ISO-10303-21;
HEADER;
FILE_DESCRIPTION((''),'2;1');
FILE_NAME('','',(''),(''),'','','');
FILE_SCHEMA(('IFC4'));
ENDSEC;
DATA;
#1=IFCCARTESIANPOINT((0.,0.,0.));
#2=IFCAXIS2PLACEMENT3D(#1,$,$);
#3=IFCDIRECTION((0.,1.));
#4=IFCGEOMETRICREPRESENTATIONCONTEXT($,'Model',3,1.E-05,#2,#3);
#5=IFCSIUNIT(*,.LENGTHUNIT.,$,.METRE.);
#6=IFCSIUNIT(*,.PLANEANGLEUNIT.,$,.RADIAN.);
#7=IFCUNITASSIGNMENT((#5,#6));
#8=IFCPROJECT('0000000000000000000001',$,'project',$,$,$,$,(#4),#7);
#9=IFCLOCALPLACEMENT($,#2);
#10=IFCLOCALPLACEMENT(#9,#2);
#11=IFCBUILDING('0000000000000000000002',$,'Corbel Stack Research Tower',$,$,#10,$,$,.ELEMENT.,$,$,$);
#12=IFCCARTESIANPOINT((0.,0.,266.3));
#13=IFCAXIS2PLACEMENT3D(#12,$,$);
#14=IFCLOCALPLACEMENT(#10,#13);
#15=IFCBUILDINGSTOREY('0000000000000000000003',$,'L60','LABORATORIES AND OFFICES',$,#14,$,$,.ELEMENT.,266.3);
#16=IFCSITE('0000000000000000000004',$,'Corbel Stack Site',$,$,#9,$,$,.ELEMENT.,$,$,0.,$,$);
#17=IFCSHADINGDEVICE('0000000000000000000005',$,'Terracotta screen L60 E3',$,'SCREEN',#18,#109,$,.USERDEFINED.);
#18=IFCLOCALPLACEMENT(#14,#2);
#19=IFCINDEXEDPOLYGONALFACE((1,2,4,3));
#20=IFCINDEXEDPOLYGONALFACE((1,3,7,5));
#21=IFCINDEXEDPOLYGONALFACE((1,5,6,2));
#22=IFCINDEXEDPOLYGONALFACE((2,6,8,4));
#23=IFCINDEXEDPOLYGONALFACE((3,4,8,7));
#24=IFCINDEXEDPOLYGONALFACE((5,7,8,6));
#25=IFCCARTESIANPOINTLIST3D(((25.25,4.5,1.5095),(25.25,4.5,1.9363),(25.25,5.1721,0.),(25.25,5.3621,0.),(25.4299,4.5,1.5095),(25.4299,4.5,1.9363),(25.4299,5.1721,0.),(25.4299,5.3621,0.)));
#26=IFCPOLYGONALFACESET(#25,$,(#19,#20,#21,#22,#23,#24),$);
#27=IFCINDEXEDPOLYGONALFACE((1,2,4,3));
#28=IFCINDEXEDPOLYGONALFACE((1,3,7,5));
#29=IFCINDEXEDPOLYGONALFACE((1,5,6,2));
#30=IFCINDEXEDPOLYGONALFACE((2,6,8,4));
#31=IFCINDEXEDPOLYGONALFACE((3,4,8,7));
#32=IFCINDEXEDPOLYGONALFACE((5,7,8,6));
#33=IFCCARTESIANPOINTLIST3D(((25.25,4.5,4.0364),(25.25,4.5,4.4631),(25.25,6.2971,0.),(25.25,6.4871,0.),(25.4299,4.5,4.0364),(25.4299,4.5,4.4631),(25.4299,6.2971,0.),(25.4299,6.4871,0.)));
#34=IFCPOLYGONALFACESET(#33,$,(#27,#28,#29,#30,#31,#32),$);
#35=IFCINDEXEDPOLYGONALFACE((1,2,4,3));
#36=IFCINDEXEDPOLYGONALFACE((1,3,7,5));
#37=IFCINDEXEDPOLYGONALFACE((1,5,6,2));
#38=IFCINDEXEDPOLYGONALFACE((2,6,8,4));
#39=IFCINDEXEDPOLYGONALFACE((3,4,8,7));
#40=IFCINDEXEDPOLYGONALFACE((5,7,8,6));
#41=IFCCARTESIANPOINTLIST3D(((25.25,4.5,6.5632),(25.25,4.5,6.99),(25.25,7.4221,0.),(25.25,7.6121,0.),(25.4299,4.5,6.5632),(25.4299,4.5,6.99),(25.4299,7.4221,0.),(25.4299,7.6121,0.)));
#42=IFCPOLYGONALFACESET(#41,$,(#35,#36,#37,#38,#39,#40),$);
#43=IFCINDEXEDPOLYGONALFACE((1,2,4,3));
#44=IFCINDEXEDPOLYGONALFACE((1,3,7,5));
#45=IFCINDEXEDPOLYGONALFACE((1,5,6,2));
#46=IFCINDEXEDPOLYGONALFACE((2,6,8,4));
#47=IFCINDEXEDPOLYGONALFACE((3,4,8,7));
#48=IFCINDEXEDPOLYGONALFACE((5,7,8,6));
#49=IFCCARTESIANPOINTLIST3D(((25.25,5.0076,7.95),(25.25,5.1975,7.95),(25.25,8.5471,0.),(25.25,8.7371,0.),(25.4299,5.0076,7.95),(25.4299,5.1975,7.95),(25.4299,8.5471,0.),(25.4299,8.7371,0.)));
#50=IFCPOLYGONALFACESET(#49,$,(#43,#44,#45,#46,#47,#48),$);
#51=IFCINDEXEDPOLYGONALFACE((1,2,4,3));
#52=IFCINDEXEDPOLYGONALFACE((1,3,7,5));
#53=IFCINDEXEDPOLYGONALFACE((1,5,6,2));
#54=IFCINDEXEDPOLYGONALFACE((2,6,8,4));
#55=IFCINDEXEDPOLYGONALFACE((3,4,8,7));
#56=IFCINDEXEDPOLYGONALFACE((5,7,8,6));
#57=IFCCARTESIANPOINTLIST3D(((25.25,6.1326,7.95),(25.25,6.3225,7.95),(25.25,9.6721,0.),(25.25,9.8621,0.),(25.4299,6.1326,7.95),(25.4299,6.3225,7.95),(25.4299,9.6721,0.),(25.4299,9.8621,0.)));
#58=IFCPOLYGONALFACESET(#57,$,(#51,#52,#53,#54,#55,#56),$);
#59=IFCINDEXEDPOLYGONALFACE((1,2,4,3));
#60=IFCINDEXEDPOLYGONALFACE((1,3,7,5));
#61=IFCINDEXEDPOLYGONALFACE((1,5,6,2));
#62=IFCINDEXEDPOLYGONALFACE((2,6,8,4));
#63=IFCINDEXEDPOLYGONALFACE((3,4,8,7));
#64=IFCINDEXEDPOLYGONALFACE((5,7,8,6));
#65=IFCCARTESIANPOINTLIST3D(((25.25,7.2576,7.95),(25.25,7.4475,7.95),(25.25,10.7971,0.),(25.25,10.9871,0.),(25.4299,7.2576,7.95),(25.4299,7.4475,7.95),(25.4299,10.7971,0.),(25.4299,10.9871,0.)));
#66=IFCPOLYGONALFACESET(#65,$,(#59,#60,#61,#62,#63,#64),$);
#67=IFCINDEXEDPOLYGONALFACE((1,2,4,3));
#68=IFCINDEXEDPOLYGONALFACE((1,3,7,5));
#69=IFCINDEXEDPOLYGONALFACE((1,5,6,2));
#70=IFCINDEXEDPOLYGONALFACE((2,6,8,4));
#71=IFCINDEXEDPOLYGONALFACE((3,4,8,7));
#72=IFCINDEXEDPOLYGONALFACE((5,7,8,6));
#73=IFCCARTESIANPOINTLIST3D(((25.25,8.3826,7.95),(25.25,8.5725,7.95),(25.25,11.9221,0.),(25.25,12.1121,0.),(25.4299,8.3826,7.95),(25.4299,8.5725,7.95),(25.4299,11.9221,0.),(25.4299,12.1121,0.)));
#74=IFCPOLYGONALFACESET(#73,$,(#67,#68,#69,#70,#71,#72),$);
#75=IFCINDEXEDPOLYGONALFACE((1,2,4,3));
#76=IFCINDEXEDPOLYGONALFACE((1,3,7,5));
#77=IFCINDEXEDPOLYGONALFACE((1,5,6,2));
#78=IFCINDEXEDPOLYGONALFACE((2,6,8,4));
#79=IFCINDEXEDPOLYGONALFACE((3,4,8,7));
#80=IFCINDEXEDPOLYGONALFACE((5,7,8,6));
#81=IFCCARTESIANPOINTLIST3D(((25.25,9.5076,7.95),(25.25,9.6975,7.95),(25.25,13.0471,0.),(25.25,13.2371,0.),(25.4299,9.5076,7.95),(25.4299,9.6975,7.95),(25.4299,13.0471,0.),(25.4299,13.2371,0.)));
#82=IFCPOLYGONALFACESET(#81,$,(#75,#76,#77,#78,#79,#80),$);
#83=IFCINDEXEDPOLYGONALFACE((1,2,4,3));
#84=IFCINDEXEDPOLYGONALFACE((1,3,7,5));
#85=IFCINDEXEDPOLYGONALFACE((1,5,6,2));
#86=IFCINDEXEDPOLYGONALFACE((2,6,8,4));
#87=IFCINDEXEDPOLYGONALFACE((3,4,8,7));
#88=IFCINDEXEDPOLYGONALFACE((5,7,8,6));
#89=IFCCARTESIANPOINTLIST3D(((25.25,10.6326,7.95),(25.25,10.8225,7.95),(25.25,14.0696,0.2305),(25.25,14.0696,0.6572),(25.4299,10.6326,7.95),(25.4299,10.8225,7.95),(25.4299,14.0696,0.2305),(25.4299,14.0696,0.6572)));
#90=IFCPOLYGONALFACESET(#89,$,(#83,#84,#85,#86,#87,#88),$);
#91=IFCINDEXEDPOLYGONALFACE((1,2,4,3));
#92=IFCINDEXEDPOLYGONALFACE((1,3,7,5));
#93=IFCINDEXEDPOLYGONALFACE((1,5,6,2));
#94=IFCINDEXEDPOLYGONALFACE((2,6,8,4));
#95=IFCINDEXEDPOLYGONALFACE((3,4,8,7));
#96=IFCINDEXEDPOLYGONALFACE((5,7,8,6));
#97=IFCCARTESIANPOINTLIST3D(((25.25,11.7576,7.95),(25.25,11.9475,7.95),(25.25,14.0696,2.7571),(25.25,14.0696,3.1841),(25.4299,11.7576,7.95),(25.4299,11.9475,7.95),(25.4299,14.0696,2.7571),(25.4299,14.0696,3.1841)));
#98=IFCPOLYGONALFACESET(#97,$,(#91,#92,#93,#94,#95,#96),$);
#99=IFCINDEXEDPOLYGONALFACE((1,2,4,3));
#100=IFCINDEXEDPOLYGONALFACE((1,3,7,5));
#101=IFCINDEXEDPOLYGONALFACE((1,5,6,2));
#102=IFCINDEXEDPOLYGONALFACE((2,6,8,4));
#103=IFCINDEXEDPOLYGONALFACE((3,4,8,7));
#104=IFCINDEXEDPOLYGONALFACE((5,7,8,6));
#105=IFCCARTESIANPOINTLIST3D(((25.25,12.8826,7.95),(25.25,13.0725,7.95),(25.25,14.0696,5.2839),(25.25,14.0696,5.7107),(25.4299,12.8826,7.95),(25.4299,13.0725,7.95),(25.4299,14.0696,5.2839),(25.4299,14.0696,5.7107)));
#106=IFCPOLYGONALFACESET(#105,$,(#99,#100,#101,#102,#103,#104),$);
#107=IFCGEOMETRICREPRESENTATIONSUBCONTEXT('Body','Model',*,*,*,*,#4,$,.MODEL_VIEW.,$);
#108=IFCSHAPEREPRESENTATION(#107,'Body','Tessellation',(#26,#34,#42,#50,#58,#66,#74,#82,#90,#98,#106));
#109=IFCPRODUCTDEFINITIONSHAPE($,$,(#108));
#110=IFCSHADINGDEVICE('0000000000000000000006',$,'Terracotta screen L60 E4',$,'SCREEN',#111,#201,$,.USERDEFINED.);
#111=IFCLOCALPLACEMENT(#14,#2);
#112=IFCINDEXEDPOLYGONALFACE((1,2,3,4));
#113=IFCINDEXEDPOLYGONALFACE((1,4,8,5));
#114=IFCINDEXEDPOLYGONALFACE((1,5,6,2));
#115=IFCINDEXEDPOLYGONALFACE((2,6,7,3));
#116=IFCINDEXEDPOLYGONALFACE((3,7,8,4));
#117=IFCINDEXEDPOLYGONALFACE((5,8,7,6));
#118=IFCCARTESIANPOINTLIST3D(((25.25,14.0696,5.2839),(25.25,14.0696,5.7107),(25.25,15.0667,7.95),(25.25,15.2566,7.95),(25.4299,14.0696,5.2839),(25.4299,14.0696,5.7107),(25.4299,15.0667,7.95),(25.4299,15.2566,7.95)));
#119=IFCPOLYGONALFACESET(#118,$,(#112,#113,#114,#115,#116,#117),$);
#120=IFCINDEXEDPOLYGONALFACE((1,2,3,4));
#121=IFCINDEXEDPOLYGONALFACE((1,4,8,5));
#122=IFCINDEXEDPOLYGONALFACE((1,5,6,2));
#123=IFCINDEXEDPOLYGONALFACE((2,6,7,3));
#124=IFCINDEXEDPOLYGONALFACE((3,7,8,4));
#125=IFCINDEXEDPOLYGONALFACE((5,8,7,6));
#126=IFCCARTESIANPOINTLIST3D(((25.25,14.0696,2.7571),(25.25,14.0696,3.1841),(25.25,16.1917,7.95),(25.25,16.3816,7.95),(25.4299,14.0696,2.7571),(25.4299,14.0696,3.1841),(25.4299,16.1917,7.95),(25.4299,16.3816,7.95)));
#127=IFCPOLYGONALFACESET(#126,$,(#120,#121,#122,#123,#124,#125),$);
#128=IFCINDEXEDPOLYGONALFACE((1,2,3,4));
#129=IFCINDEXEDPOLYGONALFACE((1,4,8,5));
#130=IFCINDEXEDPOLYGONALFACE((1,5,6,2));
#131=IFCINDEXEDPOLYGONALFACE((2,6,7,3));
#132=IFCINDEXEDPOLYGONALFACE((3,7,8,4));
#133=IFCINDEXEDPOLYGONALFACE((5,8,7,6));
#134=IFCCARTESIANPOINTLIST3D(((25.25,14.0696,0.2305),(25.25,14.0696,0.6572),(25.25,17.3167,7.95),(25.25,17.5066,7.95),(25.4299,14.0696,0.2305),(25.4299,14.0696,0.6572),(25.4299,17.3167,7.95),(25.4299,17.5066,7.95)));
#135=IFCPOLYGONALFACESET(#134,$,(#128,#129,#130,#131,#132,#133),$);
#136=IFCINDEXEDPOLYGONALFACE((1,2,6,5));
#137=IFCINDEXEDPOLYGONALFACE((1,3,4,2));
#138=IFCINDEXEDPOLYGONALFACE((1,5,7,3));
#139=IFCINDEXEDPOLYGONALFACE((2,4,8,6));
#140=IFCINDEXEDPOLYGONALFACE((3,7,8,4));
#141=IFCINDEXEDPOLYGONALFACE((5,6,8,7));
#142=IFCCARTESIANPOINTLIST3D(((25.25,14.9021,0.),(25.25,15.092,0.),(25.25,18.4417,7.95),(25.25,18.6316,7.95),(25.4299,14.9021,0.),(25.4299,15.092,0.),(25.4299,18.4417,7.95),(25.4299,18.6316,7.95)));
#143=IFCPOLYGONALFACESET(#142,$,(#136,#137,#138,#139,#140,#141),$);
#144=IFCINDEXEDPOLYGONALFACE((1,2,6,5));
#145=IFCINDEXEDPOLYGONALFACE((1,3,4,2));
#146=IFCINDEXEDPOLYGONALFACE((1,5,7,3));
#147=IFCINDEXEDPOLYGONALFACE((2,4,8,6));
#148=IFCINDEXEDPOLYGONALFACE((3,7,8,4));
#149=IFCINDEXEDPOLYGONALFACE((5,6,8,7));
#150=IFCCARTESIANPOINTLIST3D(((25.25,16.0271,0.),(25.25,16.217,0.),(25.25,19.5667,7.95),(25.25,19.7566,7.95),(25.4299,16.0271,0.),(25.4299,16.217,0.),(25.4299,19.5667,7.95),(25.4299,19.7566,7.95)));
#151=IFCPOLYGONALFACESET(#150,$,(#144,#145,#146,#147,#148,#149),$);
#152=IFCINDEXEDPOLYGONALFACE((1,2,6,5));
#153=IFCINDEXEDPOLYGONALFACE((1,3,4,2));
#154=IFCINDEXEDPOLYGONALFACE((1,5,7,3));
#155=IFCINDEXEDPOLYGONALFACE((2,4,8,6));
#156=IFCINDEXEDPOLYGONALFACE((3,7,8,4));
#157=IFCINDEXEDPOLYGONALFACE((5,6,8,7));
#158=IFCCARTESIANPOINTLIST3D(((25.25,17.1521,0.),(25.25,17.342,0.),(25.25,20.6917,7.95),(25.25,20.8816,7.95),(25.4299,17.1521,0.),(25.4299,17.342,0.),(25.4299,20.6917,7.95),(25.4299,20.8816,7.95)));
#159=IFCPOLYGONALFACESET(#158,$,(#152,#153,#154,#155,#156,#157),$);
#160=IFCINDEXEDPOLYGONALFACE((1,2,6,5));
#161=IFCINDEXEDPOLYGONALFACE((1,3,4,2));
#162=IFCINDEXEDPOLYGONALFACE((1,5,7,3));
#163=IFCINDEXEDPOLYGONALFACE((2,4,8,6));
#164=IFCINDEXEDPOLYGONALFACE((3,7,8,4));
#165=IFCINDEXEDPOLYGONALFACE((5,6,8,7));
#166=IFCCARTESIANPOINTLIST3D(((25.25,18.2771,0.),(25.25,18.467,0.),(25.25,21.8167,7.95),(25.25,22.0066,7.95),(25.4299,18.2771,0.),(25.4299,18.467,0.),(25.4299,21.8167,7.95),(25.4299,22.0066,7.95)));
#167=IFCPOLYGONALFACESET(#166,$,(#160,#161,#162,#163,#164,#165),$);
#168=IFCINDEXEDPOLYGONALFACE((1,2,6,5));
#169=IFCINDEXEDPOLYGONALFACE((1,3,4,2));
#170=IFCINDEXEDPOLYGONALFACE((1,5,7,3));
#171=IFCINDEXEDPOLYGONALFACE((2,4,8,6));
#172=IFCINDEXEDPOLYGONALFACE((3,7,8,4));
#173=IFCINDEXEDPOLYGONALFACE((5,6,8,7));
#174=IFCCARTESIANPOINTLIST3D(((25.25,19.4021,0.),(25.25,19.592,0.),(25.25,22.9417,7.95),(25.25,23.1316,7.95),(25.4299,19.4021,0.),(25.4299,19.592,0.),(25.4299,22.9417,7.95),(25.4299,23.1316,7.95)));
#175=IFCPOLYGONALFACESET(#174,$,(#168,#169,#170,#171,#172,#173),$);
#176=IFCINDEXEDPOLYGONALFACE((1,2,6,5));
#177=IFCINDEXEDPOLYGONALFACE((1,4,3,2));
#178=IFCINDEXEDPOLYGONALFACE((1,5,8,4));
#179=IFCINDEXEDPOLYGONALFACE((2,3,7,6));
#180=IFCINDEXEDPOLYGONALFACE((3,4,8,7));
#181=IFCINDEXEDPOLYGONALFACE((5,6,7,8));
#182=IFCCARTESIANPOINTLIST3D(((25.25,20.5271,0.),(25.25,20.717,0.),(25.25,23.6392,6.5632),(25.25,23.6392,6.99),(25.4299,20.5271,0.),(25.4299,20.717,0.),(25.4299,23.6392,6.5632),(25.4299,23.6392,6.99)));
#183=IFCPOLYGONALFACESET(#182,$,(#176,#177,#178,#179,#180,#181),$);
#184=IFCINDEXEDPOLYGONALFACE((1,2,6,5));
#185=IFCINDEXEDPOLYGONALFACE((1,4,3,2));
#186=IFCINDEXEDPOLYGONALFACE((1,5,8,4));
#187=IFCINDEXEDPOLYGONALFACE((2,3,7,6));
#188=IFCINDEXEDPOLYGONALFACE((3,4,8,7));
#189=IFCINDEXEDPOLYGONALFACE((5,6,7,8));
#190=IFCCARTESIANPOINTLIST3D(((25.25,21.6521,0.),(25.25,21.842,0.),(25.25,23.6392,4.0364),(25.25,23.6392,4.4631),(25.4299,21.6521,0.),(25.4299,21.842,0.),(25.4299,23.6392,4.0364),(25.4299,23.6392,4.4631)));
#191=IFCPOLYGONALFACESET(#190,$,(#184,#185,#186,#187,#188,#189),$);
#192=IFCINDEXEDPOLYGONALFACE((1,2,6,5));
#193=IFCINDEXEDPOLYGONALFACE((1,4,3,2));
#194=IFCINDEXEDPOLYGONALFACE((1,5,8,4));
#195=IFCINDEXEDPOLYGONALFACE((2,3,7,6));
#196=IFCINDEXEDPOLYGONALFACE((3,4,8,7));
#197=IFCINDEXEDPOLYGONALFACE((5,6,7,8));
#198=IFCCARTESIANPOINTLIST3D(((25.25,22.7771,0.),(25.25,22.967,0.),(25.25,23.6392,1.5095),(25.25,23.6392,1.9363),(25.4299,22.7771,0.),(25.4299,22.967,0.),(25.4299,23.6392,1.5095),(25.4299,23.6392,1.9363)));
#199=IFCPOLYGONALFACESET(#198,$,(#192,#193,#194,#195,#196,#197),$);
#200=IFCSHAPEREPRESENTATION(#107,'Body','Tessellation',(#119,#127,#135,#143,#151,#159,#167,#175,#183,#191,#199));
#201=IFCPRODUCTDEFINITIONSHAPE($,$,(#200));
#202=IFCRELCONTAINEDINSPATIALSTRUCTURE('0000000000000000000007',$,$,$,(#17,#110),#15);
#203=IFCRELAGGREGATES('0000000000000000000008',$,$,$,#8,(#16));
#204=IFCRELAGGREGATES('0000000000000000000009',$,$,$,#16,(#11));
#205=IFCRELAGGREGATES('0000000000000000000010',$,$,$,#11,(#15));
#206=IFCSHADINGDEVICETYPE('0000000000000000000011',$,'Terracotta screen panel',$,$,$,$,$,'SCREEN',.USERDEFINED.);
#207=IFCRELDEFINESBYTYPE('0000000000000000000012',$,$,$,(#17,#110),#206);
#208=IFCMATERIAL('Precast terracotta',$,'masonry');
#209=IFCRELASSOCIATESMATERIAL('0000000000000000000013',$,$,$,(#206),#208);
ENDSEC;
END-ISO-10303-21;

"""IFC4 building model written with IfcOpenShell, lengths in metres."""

from ifc_helpers import new_model, si_unit, direction, frame, origin, place, context, subcontext, project, spatial, polyline, outline, extrude, source, transform, mapped, material, type_object, element, save


model = new_model("IFC4")

# Units and contexts
model_context = context("Model", 3, precision=1e-05, world=origin(), true_north=direction((0.0, 1.0)))
body_context = subcontext(model_context, "Body", "Model", "MODEL_VIEW")
ifc_project = project(units=[si_unit("LENGTHUNIT", "METRE"), si_unit("PLANEANGLEUNIT", "RADIAN")], contexts=[model_context])

# Site, building, storey
site_placement = place(None, origin())
site = spatial("IfcSite", under=ifc_project, at=site_placement, Name="Corbel Stack Site", CompositionType="ELEMENT", RefElevation=0.0)
building_placement = place(site_placement, origin())
building = spatial("IfcBuilding", under=site, at=building_placement, Name="Corbel Stack Research Tower", CompositionType="ELEMENT")
storey_placement = place(building_placement, frame((0.0, 0.0, 266.3)))
storey = spatial("IfcBuildingStorey", under=building, at=storey_placement, Name="L60", Description="LABORATORIES AND OFFICES", CompositionType="ELEMENT", Elevation=266.3)

# Shading devices
ifc_material_1 = material(Name="Precast terracotta", Category="masonry")
shading_device_type = type_object("IfcShadingDeviceType", Name="Terracotta screen panel", ElementType="SCREEN", PredefinedType="USERDEFINED", material=ifc_material_1)
shared_shape_1 = source(origin(), body_context, "Body", "SweptSolid", [
    extrude(outline(polyline([(0.8621, 0.0), (0.0, 1.9363), (0.0, 1.5095), (0.6721, 0.0), (0.8621, 0.0)])), frame((0.0, 0.0, 0.0), z_axis=(0.0, -1.0, 0.0), x_axis=(1.0, 0.0, 0.0)), (0.0, 0.0, 1.0), 0.1799),
    extrude(outline(polyline([(1.9871, 0.0), (0.0, 4.4631), (0.0, 4.0364), (1.7971, 0.0), (1.9871, 0.0)])), frame((0.0, 0.0, 0.0), z_axis=(0.0, -1.0, 0.0), x_axis=(1.0, 0.0, 0.0)), (0.0, 0.0, 1.0), 0.1799),
    extrude(outline(polyline([(3.1121, 0.0), (0.0, 6.99), (0.0, 6.5632), (2.9221, 0.0), (3.1121, 0.0)])), frame((0.0, 0.0, 0.0), z_axis=(0.0, -1.0, 0.0), x_axis=(1.0, 0.0, 0.0)), (0.0, 0.0, 1.0), 0.1799),
    extrude(outline(polyline([(4.2371, 0.0), (0.6975, 7.95), (0.5076, 7.95), (4.0471, 0.0), (4.2371, 0.0)])), frame((0.0, 0.0, 0.0), z_axis=(0.0, -1.0, 0.0), x_axis=(1.0, 0.0, 0.0)), (0.0, 0.0, 1.0), 0.1799),
    extrude(outline(polyline([(5.3621, 0.0), (1.8225, 7.95), (1.6326, 7.95), (5.1721, 0.0), (5.3621, 0.0)])), frame((0.0, 0.0, 0.0), z_axis=(0.0, -1.0, 0.0), x_axis=(1.0, 0.0, 0.0)), (0.0, 0.0, 1.0), 0.1799),
    extrude(outline(polyline([(6.4871, 0.0), (2.9475, 7.95), (2.7576, 7.95), (6.2971, 0.0), (6.4871, 0.0)])), frame((0.0, 0.0, 0.0), z_axis=(0.0, -1.0, 0.0), x_axis=(1.0, 0.0, 0.0)), (0.0, 0.0, 1.0), 0.1799),
    extrude(outline(polyline([(7.6121, 0.0), (4.0725, 7.95), (3.8826, 7.95), (7.4221, 0.0), (7.6121, 0.0)])), frame((0.0, 0.0, 0.0), z_axis=(0.0, -1.0, 0.0), x_axis=(1.0, 0.0, 0.0)), (0.0, 0.0, 1.0), 0.1799),
    extrude(outline(polyline([(8.7371, 0.0), (5.1975, 7.95), (5.0076, 7.95), (8.5471, 0.0), (8.7371, 0.0)])), frame((0.0, 0.0, 0.0), z_axis=(0.0, -1.0, 0.0), x_axis=(1.0, 0.0, 0.0)), (0.0, 0.0, 1.0), 0.1799),
    extrude(outline(polyline([(6.3225, 7.95), (6.1326, 7.95), (9.5696, 0.2305), (9.5696, 0.6572), (6.3225, 7.95)])), frame((0.0, 0.0, 0.0), z_axis=(0.0, -1.0, 0.0), x_axis=(1.0, 0.0, 0.0)), (0.0, 0.0, 1.0), 0.1799),
    extrude(outline(polyline([(7.4475, 7.95), (7.2576, 7.95), (9.5696, 2.7571), (9.5696, 3.1841), (7.4475, 7.95)])), frame((0.0, 0.0, 0.0), z_axis=(0.0, -1.0, 0.0), x_axis=(1.0, 0.0, 0.0)), (0.0, 0.0, 1.0), 0.1799),
    extrude(outline(polyline([(8.5725, 7.95), (8.3826, 7.95), (9.5696, 5.2839), (9.5696, 5.7107), (8.5725, 7.95)])), frame((0.0, 0.0, 0.0), z_axis=(0.0, -1.0, 0.0), x_axis=(1.0, 0.0, 0.0)), (0.0, 0.0, 1.0), 0.1799),
])
shading_device_1_placement = place(storey_placement, frame((25.25, 4.5, 0.0), z_axis=(0.0, 0.0, 1.0), x_axis=(0.0, 1.0, 0.0)))
element("IfcShadingDevice", 1, at=shading_device_1_placement, inside=storey, type_object=shading_device_type, Name="Terracotta screen L60 E3", ObjectType="SCREEN", PredefinedType="USERDEFINED", context=body_context, shape_type="MappedRepresentation", body=[
    mapped(shared_shape_1, transform((0.0, 0.0, 0.0))),
])
shared_shape_2 = source(origin(), body_context, "Body", "SweptSolid", [
    extrude(outline(polyline([(1.187, 7.95), (0.9971, 7.95), (0.0, 5.7107), (0.0, 5.2839), (1.187, 7.95)])), frame((0.0, 0.0, 0.0), z_axis=(0.0, -1.0, 0.0), x_axis=(1.0, 0.0, 0.0)), (0.0, 0.0, 1.0), 0.1799),
    extrude(outline(polyline([(2.312, 7.95), (2.1221, 7.95), (0.0, 3.1841), (0.0, 2.7571), (2.312, 7.95)])), frame((0.0, 0.0, 0.0), z_axis=(0.0, -1.0, 0.0), x_axis=(1.0, 0.0, 0.0)), (0.0, 0.0, 1.0), 0.1799),
    extrude(outline(polyline([(3.437, 7.95), (3.2471, 7.95), (0.0, 0.6572), (0.0, 0.2305), (3.437, 7.95)])), frame((0.0, 0.0, 0.0), z_axis=(0.0, -1.0, 0.0), x_axis=(1.0, 0.0, 0.0)), (0.0, 0.0, 1.0), 0.1799),
    extrude(outline(polyline([(1.0225, 0.0), (4.562, 7.95), (4.3721, 7.95), (0.8325, 0.0), (1.0225, 0.0)])), frame((0.0, 0.0, 0.0), z_axis=(0.0, -1.0, 0.0), x_axis=(1.0, 0.0, 0.0)), (0.0, 0.0, 1.0), 0.1799),
    extrude(outline(polyline([(2.1475, 0.0), (5.687, 7.95), (5.4971, 7.95), (1.9575, 0.0), (2.1475, 0.0)])), frame((0.0, 0.0, 0.0), z_axis=(0.0, -1.0, 0.0), x_axis=(1.0, 0.0, 0.0)), (0.0, 0.0, 1.0), 0.1799),
    extrude(outline(polyline([(3.2725, 0.0), (6.812, 7.95), (6.6221, 7.95), (3.0825, 0.0), (3.2725, 0.0)])), frame((0.0, 0.0, 0.0), z_axis=(0.0, -1.0, 0.0), x_axis=(1.0, 0.0, 0.0)), (0.0, 0.0, 1.0), 0.1799),
    extrude(outline(polyline([(4.3975, 0.0), (7.937, 7.95), (7.7471, 7.95), (4.2075, 0.0), (4.3975, 0.0)])), frame((0.0, 0.0, 0.0), z_axis=(0.0, -1.0, 0.0), x_axis=(1.0, 0.0, 0.0)), (0.0, 0.0, 1.0), 0.1799),
    extrude(outline(polyline([(5.5225, 0.0), (9.062, 7.95), (8.8721, 7.95), (5.3325, 0.0), (5.5225, 0.0)])), frame((0.0, 0.0, 0.0), z_axis=(0.0, -1.0, 0.0), x_axis=(1.0, 0.0, 0.0)), (0.0, 0.0, 1.0), 0.1799),
    extrude(outline(polyline([(6.6475, 0.0), (9.5696, 6.5632), (9.5696, 6.99), (6.4575, 0.0), (6.6475, 0.0)])), frame((0.0, 0.0, 0.0), z_axis=(0.0, -1.0, 0.0), x_axis=(1.0, 0.0, 0.0)), (0.0, 0.0, 1.0), 0.1799),
    extrude(outline(polyline([(7.7725, 0.0), (9.5696, 4.0364), (9.5696, 4.4631), (7.5825, 0.0), (7.7725, 0.0)])), frame((0.0, 0.0, 0.0), z_axis=(0.0, -1.0, 0.0), x_axis=(1.0, 0.0, 0.0)), (0.0, 0.0, 1.0), 0.1799),
    extrude(outline(polyline([(8.8975, 0.0), (9.5696, 1.5095), (9.5696, 1.9363), (8.7075, 0.0), (8.8975, 0.0)])), frame((0.0, 0.0, 0.0), z_axis=(0.0, -1.0, 0.0), x_axis=(1.0, 0.0, 0.0)), (0.0, 0.0, 1.0), 0.1799),
])
shading_device_2_placement = place(storey_placement, frame((25.25, 14.0696, 0.0), z_axis=(0.0, 0.0, 1.0), x_axis=(0.0, 1.0, 0.0)))
element("IfcShadingDevice", 2, at=shading_device_2_placement, inside=storey, type_object=shading_device_type, Name="Terracotta screen L60 E4", ObjectType="SCREEN", PredefinedType="USERDEFINED", context=body_context, shape_type="MappedRepresentation", body=[
    mapped(shared_shape_2, transform((0.0, 0.0, 0.0))),
])

save(model, "model.ifc")
